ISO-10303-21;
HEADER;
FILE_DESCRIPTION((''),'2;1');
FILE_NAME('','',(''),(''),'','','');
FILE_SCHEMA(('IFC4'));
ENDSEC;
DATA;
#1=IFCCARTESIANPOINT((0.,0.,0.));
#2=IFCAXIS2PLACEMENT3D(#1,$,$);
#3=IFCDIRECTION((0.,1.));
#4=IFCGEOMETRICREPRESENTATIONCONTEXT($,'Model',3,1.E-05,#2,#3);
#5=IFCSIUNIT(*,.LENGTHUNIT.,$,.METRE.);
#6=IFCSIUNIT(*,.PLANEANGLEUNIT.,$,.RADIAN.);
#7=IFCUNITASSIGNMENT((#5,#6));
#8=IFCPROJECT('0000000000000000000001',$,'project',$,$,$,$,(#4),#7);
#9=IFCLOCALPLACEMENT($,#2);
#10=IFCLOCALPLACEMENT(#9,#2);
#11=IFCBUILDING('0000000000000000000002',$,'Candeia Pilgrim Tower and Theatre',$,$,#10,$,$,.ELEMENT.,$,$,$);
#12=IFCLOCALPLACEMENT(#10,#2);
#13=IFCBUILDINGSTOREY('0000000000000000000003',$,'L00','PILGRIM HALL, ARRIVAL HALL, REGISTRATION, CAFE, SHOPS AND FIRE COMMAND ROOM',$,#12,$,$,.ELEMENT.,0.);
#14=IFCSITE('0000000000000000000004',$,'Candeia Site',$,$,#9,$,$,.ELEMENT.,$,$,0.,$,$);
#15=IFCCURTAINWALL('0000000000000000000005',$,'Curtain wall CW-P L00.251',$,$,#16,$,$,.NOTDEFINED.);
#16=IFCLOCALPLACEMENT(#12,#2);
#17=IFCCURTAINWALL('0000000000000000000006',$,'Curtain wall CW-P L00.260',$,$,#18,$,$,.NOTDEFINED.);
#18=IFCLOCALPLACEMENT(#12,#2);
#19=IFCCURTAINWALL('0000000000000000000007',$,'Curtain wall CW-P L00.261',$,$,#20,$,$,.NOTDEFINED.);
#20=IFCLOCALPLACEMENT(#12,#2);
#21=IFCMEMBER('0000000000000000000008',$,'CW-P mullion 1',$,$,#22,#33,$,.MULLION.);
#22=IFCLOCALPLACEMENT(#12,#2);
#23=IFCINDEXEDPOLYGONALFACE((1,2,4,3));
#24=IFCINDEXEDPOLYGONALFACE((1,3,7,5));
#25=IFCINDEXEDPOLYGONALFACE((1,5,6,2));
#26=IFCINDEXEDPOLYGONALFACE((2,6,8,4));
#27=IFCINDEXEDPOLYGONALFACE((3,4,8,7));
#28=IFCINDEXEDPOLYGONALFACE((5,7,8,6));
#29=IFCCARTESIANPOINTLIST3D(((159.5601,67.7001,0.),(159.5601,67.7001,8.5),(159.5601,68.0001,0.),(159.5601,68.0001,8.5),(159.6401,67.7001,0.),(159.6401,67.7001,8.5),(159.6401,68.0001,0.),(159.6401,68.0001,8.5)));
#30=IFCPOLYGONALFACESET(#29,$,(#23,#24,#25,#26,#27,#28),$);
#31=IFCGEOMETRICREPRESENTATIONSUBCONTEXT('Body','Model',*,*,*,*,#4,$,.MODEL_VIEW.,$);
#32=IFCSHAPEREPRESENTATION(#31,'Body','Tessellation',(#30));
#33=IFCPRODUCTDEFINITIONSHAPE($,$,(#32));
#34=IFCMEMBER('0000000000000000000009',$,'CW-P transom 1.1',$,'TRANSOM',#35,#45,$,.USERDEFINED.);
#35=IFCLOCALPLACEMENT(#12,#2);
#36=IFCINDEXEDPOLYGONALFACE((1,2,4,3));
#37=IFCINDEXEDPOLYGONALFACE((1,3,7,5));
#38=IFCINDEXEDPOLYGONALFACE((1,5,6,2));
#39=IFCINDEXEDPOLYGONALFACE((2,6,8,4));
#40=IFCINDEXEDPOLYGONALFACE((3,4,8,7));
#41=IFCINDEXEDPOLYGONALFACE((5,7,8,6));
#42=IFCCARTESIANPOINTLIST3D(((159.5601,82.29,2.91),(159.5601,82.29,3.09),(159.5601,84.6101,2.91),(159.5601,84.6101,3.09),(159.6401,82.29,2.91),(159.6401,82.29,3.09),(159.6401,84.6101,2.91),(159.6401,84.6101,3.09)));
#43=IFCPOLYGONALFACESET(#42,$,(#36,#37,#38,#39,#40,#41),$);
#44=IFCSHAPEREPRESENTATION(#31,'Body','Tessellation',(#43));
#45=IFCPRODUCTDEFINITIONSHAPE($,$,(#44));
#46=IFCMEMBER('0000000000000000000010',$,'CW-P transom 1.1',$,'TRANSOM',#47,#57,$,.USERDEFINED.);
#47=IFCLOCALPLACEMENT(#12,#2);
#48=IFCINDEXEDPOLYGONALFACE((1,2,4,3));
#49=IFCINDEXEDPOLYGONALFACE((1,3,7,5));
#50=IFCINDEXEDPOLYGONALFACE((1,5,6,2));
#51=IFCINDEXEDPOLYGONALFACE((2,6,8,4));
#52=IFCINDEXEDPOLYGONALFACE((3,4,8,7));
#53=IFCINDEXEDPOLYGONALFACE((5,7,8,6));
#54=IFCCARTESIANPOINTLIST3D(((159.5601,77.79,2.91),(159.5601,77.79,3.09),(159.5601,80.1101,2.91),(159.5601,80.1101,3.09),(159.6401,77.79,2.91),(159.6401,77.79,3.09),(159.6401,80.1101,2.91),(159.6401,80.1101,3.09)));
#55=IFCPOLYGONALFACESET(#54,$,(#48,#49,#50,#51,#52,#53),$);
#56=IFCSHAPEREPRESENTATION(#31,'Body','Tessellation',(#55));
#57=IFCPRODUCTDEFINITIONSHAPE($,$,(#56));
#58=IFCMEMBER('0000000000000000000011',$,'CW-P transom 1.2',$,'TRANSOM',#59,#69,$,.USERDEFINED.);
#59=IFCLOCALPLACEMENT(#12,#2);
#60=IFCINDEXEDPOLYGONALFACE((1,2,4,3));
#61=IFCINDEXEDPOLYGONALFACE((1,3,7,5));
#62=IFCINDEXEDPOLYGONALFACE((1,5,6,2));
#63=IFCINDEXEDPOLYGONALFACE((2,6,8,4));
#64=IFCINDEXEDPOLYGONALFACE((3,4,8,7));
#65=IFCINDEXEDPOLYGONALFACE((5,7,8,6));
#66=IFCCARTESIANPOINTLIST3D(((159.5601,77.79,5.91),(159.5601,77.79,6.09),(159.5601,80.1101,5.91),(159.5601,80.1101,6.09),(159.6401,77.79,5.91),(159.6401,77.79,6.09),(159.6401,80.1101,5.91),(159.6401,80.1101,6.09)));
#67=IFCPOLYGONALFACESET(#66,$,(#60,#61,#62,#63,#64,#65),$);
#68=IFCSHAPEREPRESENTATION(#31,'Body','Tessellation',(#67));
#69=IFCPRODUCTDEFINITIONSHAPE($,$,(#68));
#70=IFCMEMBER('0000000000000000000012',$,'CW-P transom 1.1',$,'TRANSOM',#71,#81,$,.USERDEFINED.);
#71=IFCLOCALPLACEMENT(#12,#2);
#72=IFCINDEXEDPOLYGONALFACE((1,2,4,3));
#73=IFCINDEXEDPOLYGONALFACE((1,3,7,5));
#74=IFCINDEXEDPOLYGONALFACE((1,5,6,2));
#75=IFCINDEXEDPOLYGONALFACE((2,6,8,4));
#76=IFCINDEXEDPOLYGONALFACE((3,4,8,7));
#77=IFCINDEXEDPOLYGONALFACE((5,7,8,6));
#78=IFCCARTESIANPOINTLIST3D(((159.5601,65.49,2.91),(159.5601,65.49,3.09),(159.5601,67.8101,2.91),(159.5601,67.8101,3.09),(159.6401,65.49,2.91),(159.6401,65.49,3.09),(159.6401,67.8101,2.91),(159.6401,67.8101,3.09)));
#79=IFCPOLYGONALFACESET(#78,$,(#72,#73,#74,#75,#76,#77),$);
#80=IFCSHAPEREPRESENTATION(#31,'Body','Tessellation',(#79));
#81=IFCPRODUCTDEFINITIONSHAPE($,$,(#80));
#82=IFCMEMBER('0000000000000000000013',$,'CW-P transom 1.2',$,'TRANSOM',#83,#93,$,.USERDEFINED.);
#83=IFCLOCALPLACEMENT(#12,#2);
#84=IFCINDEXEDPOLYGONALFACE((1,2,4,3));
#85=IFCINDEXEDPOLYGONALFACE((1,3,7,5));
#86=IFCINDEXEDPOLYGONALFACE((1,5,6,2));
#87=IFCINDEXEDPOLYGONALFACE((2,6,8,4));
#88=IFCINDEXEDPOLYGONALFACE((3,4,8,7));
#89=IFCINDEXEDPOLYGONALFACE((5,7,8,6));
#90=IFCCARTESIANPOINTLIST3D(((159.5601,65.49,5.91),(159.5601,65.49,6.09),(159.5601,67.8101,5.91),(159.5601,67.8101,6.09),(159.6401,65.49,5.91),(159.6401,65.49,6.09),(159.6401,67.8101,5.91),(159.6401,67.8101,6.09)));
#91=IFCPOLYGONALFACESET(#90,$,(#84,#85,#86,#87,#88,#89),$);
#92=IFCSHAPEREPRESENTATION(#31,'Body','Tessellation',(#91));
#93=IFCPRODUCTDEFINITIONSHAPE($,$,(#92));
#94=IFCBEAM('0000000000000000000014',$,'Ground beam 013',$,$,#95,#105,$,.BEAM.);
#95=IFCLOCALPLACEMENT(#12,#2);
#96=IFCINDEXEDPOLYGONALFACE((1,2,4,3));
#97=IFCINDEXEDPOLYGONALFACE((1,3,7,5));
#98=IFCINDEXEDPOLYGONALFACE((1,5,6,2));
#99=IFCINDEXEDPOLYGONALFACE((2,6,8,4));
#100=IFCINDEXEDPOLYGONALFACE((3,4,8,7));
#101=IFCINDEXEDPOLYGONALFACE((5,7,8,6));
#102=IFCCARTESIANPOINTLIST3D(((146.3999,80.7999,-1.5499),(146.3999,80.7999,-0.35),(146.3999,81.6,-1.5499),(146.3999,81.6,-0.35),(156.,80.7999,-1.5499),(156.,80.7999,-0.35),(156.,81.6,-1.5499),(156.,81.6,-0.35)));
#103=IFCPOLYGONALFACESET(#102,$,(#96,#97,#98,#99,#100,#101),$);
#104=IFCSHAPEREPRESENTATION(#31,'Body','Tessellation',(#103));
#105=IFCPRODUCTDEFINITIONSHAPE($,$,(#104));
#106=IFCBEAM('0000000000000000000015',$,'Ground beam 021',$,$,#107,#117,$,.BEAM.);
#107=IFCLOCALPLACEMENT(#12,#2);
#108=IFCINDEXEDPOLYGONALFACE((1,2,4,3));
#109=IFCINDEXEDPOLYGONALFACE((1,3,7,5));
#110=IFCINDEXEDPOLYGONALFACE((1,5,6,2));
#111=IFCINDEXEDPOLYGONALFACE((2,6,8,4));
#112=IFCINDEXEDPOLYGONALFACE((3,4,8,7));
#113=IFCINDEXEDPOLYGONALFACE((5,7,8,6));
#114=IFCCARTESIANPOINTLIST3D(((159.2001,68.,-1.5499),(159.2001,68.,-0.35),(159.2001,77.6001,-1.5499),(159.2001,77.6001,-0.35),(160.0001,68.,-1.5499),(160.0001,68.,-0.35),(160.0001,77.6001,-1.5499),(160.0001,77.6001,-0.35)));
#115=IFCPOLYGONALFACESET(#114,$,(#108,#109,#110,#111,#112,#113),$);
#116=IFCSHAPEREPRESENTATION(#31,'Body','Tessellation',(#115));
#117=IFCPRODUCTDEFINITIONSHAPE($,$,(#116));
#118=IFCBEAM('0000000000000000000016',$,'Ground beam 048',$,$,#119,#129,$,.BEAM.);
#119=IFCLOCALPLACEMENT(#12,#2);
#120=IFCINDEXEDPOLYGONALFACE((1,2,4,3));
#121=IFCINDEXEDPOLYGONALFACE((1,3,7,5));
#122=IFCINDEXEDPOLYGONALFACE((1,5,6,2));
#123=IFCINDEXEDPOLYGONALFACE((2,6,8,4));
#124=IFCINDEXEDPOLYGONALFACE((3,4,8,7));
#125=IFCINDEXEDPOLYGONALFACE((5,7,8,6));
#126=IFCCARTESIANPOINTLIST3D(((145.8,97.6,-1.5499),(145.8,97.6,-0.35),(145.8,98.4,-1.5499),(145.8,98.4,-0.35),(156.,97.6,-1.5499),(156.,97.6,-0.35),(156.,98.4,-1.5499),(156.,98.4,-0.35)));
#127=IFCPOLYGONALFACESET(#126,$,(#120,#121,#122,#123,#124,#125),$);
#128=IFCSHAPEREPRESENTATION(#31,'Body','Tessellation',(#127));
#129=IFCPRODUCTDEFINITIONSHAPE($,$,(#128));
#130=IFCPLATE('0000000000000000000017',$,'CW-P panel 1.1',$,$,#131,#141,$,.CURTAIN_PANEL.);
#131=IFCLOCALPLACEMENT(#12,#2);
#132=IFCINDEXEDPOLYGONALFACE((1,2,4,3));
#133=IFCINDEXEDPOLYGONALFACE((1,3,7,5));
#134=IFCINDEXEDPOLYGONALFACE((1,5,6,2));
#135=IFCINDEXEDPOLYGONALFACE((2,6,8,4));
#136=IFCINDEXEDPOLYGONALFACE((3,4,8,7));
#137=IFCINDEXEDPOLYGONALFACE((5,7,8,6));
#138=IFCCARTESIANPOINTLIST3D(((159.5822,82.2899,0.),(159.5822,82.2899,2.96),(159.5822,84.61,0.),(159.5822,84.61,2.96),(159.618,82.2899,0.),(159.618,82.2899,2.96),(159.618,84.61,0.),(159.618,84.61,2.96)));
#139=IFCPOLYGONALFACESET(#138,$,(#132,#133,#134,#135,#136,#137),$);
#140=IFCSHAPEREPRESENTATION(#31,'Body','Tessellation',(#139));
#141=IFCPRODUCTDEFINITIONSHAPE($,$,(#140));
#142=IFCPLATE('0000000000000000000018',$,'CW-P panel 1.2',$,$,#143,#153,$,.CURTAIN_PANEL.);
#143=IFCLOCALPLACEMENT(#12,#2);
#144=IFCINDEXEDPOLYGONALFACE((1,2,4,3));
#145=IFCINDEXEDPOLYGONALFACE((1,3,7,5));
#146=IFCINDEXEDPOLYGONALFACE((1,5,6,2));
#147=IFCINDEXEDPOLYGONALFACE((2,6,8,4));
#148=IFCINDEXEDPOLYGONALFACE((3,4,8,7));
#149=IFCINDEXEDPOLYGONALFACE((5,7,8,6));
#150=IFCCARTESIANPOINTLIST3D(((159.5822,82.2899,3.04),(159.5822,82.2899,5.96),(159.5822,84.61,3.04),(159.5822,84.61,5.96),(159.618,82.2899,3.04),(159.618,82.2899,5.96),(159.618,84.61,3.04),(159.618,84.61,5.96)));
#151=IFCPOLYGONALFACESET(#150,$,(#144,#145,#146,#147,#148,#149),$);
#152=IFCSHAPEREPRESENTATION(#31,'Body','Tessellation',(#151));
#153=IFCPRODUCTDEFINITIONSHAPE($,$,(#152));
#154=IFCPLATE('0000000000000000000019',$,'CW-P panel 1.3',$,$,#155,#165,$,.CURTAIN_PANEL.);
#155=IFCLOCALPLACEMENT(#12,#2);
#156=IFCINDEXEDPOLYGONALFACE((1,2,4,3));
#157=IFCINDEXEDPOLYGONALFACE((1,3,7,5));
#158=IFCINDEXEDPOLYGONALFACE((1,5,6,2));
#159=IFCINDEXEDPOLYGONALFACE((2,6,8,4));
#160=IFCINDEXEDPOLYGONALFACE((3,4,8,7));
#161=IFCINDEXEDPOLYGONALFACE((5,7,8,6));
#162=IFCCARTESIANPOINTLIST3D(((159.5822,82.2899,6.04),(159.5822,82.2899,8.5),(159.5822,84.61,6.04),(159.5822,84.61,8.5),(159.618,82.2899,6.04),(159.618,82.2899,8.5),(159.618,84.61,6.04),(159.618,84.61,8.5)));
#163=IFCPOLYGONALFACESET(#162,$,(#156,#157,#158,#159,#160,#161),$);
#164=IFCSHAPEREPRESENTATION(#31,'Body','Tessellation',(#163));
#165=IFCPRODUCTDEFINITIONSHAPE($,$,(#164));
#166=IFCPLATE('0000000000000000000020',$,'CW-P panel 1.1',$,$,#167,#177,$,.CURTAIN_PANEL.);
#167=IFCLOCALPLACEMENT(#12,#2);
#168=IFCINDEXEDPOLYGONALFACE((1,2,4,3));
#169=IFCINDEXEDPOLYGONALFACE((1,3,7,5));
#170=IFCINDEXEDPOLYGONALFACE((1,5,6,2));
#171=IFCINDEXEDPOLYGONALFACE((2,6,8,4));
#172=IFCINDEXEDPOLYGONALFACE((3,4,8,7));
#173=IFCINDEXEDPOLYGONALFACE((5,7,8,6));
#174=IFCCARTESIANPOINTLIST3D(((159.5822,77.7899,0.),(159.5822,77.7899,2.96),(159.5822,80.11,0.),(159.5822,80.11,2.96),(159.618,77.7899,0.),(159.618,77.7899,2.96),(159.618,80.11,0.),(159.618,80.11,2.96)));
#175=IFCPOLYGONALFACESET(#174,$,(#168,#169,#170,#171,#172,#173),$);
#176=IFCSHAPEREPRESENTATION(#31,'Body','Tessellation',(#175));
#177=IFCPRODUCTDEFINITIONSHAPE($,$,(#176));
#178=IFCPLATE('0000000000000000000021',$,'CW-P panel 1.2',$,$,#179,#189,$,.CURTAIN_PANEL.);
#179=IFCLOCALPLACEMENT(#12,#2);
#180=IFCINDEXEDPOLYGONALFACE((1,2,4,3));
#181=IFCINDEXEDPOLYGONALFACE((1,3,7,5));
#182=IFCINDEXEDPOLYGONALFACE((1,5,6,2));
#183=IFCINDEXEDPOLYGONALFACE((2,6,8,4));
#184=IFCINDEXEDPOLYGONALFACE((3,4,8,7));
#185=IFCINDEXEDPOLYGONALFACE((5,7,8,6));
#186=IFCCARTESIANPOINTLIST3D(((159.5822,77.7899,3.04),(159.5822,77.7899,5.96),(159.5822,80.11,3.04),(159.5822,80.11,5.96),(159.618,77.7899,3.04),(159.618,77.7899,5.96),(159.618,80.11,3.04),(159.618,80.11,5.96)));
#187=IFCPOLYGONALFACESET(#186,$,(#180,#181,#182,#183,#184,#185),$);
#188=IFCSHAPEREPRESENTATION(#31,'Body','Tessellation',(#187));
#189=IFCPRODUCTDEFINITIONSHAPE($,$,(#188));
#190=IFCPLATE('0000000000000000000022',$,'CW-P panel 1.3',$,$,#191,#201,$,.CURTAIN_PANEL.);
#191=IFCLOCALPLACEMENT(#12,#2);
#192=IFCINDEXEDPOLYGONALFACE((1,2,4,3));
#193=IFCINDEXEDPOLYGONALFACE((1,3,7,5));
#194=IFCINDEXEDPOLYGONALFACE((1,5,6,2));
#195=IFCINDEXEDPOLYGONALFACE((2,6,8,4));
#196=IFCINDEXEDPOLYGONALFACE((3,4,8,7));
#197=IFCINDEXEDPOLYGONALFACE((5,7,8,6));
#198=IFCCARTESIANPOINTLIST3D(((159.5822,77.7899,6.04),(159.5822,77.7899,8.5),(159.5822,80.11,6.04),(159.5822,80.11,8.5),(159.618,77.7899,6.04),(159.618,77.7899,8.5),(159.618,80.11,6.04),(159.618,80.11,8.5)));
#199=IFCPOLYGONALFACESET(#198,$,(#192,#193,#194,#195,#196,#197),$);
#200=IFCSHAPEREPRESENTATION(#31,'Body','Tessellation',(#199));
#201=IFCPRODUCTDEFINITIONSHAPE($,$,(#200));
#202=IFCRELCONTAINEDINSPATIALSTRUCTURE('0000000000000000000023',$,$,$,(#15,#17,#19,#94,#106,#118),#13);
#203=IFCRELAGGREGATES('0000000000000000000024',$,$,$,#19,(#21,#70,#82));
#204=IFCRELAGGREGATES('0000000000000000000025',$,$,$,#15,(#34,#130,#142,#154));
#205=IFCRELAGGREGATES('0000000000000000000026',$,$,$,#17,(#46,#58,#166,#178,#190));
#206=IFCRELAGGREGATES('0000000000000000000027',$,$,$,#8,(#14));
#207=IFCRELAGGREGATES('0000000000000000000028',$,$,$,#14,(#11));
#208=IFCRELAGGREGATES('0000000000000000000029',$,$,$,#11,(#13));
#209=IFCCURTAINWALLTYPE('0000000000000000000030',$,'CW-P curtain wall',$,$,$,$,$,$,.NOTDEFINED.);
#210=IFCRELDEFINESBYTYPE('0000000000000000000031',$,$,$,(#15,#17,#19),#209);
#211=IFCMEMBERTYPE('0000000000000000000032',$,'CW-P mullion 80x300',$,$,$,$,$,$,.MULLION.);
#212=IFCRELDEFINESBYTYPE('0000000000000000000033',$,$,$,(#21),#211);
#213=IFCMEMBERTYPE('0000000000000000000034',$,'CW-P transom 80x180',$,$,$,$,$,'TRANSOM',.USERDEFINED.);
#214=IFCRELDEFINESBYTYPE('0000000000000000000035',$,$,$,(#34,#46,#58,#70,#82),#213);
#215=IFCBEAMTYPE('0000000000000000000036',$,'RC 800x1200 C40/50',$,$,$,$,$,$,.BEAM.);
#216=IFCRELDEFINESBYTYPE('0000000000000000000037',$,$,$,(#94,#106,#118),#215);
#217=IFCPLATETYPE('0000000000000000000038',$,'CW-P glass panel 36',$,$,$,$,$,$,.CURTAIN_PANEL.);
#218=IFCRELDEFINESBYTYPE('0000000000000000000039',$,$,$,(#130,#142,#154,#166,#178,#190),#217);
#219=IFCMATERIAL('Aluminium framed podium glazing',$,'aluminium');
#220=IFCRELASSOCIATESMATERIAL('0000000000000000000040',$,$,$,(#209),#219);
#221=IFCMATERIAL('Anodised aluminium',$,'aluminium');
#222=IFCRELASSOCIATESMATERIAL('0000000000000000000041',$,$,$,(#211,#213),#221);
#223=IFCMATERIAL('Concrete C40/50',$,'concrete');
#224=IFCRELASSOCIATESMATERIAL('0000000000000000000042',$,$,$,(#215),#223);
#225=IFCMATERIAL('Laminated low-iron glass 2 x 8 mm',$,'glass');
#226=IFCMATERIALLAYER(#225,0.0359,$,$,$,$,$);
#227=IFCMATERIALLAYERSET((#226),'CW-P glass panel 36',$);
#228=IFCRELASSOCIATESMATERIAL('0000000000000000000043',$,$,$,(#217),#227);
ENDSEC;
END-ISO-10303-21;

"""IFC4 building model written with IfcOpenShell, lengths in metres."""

from ifc_helpers import new_model, si_unit, direction, frame, origin, origin_2d, place, context, subcontext, project, spatial, rectangle, extrude, material, layer, layer_set, material_profile, profile_set, type_object, element, aggregate, save


model = new_model("IFC4")

# Units and contexts
model_context = context("Model", 3, precision=1e-05, world=origin(), true_north=direction((0.0, 1.0)))
body_context = subcontext(model_context, "Body", "Model", "MODEL_VIEW")
ifc_project = project(units=[si_unit("LENGTHUNIT", "METRE"), si_unit("PLANEANGLEUNIT", "RADIAN")], contexts=[model_context])

# Site, building, storey
site_placement = place(None, origin())
site = spatial("IfcSite", under=ifc_project, at=site_placement, Name="Candeia Site", CompositionType="ELEMENT", RefElevation=0.0)
building_placement = place(site_placement, origin())
building = spatial("IfcBuilding", under=site, at=building_placement, Name="Candeia Pilgrim Tower and Theatre", CompositionType="ELEMENT")
storey_placement = place(building_placement, origin())
storey = spatial("IfcBuildingStorey", under=building, at=storey_placement, Name="L00", Description="PILGRIM HALL, ARRIVAL HALL, REGISTRATION, CAFE, SHOPS AND FIRE COMMAND ROOM", CompositionType="ELEMENT", Elevation=0.0)

# Shared definitions
ifc_material_1 = material(Name="Concrete C40/50", Category="concrete")

# Curtain wall
ifc_material_2 = material(Name="Aluminium framed podium glazing", Category="aluminium")
curtain_wall_type = type_object("IfcCurtainWallType", Name="CW-P curtain wall", PredefinedType="NOTDEFINED", material=ifc_material_2)
curtain_wall_1_placement = place(storey_placement, origin())
curtain_wall_1 = element("IfcCurtainWall", 1, at=curtain_wall_1_placement, inside=storey, type_object=curtain_wall_type, Name="Curtain wall CW-P L00.251", PredefinedType="NOTDEFINED")
ifc_material_3 = material(Name="Anodised aluminium", Category="aluminium")
ifc_material_profile_1 = material_profile(ifc_material_3, rectangle(XDim=0.0801, YDim=0.3, at=origin_2d()))
ifc_profile_set_1 = profile_set([ifc_material_profile_1], Name="Anodised aluminium")
member_type_1 = type_object("IfcMemberType", Name="CW-P mullion 80x300", PredefinedType="MULLION", material=ifc_profile_set_1)

# Curtain wall
curtain_wall_2_placement = place(storey_placement, origin())
curtain_wall_2 = element("IfcCurtainWall", 2, at=curtain_wall_2_placement, inside=storey, type_object=curtain_wall_type, Name="Curtain wall CW-P L00.260", PredefinedType="NOTDEFINED")

# Curtain wall, member
curtain_wall_3_placement = place(storey_placement, origin())
curtain_wall_3 = element("IfcCurtainWall", 3, at=curtain_wall_3_placement, inside=storey, type_object=curtain_wall_type, Name="Curtain wall CW-P L00.261", PredefinedType="NOTDEFINED")
member_1_placement = place(storey_placement, frame((159.6001, 67.8501, 0.0), z_axis=(0.0, 0.0, 1.0), x_axis=(1.0, 0.0, 0.0)))
member_1 = element("IfcMember", 4, at=member_1_placement, type_object=member_type_1, Name="CW-P mullion 1", PredefinedType="MULLION", context=body_context, shape_type="SweptSolid", body=[
    extrude(rectangle(XDim=0.0801, YDim=0.3, at=origin_2d()), origin(), (0.0, 0.0, 1.0), 8.5),
])

# Members
ifc_material_profile_2 = material_profile(ifc_material_3, rectangle(XDim=0.0801, YDim=0.1799, at=origin_2d()))
ifc_profile_set_2 = profile_set([ifc_material_profile_2], Name="Anodised aluminium")
member_type_2 = type_object("IfcMemberType", Name="CW-P transom 80x180", ElementType="TRANSOM", PredefinedType="USERDEFINED", material=ifc_profile_set_2)
member_2_placement = place(storey_placement, frame((159.6001, 84.6101, 3.0), z_axis=(0.0, -1.0, 0.0), x_axis=(1.0, 0.0, 0.0)))
member_2 = element("IfcMember", 5, at=member_2_placement, type_object=member_type_2, Name="CW-P transom 1.1", ObjectType="TRANSOM", PredefinedType="USERDEFINED", context=body_context, shape_type="SweptSolid", body=[
    extrude(rectangle(XDim=0.0801, YDim=0.1799, at=origin_2d()), origin(), (0.0, 0.0, 1.0), 2.3201),
])
member_3_placement = place(storey_placement, frame((159.6001, 80.1101, 3.0), z_axis=(0.0, -1.0, 0.0), x_axis=(1.0, 0.0, 0.0)))
member_3 = element("IfcMember", 6, at=member_3_placement, type_object=member_type_2, Name="CW-P transom 1.1", ObjectType="TRANSOM", PredefinedType="USERDEFINED", context=body_context, shape_type="SweptSolid", body=[
    extrude(rectangle(XDim=0.0801, YDim=0.1799, at=origin_2d()), origin(), (0.0, 0.0, 1.0), 2.3201),
])
member_4_placement = place(storey_placement, frame((159.6001, 80.1101, 6.0), z_axis=(0.0, -1.0, 0.0), x_axis=(1.0, 0.0, 0.0)))
member_4 = element("IfcMember", 7, at=member_4_placement, type_object=member_type_2, Name="CW-P transom 1.2", ObjectType="TRANSOM", PredefinedType="USERDEFINED", context=body_context, shape_type="SweptSolid", body=[
    extrude(rectangle(XDim=0.0801, YDim=0.1799, at=origin_2d()), origin(), (0.0, 0.0, 1.0), 2.3201),
])
member_5_placement = place(storey_placement, frame((159.6001, 67.8101, 3.0), z_axis=(0.0, -1.0, 0.0), x_axis=(1.0, 0.0, 0.0)))
member_5 = element("IfcMember", 8, at=member_5_placement, type_object=member_type_2, Name="CW-P transom 1.1", ObjectType="TRANSOM", PredefinedType="USERDEFINED", context=body_context, shape_type="SweptSolid", body=[
    extrude(rectangle(XDim=0.0801, YDim=0.1799, at=origin_2d()), origin(), (0.0, 0.0, 1.0), 2.3201),
])
member_6_placement = place(storey_placement, frame((159.6001, 67.8101, 6.0), z_axis=(0.0, -1.0, 0.0), x_axis=(1.0, 0.0, 0.0)))
member_6 = element("IfcMember", 9, at=member_6_placement, type_object=member_type_2, Name="CW-P transom 1.2", ObjectType="TRANSOM", PredefinedType="USERDEFINED", context=body_context, shape_type="SweptSolid", body=[
    extrude(rectangle(XDim=0.0801, YDim=0.1799, at=origin_2d()), origin(), (0.0, 0.0, 1.0), 2.3201),
])
aggregate(curtain_wall_3, [member_1, member_5, member_6])

# Beams
ifc_material_profile_3 = material_profile(ifc_material_1, rectangle(XDim=0.8, YDim=1.2, at=origin_2d()))
ifc_profile_set_3 = profile_set([ifc_material_profile_3], Name="Concrete C40/50")
beam_type = type_object("IfcBeamType", Name="RC 800x1200 C40/50", PredefinedType="BEAM", material=ifc_profile_set_3)
for number, where, z_axis, x_axis, name in (
    (10, (146.3999, 81.2, -0.95), (1.0, 0.0, 0.0), (0.0, 1.0, 0.0), "Ground beam 013"),
    (11, (159.6001, 77.6001, -0.95), (0.0, -1.0, 0.0), (1.0, 0.0, 0.0), "Ground beam 021"),
):
    element("IfcBeam", number, at=place(storey_placement, frame(where, z_axis=z_axis, x_axis=x_axis)), inside=storey, type_object=beam_type, Name=name, PredefinedType="BEAM", context=body_context, shape_type="SweptSolid", body=[
        extrude(rectangle(XDim=0.8, YDim=1.2, at=origin_2d()), origin(), (0.0, 0.0, 1.0), 9.6001),
    ])
beam_placement = place(storey_placement, frame((156.0, 98.0, -0.95), z_axis=(-1.0, 0.0, 0.0), x_axis=(0.0, -1.0, 0.0)))
element("IfcBeam", 12, at=beam_placement, inside=storey, type_object=beam_type, Name="Ground beam 048", PredefinedType="BEAM", context=body_context, shape_type="SweptSolid", body=[
    extrude(rectangle(XDim=0.8, YDim=1.2, at=origin_2d()), origin(), (0.0, 0.0, 1.0), 10.2),
])

# Plates
ifc_material_4 = material(Name="Laminated low-iron glass 2 x 8 mm", Category="glass")
ifc_layer_1 = layer(ifc_material_4, 0.0359)
ifc_layer_set_1 = layer_set([ifc_layer_1], Name="CW-P glass panel 36")
plate_type = type_object("IfcPlateType", Name="CW-P glass panel 36", PredefinedType="CURTAIN_PANEL", material=ifc_layer_set_1)
plate_1_placement = place(storey_placement, frame((159.6001, 83.45, 0.0), z_axis=(0.0, 0.0, 1.0), x_axis=(0.0, -1.0, 0.0)))
plate_1 = element("IfcPlate", 13, at=plate_1_placement, type_object=plate_type, Name="CW-P panel 1.1", PredefinedType="CURTAIN_PANEL", context=body_context, shape_type="SweptSolid", body=[
    extrude(rectangle(XDim=2.3201, YDim=0.0359, at=origin_2d()), origin(), (0.0, 0.0, 1.0), 2.96),
])
plate_2_placement = place(storey_placement, frame((159.6001, 83.45, 3.04), z_axis=(0.0, 0.0, 1.0), x_axis=(0.0, -1.0, 0.0)))
plate_2 = element("IfcPlate", 14, at=plate_2_placement, type_object=plate_type, Name="CW-P panel 1.2", PredefinedType="CURTAIN_PANEL", context=body_context, shape_type="SweptSolid", body=[
    extrude(rectangle(XDim=2.3201, YDim=0.0359, at=origin_2d()), origin(), (0.0, 0.0, 1.0), 2.9199),
])
plate_3_placement = place(storey_placement, frame((159.6001, 83.45, 6.04), z_axis=(0.0, 0.0, 1.0), x_axis=(0.0, -1.0, 0.0)))
plate_3 = element("IfcPlate", 15, at=plate_3_placement, type_object=plate_type, Name="CW-P panel 1.3", PredefinedType="CURTAIN_PANEL", context=body_context, shape_type="SweptSolid", body=[
    extrude(rectangle(XDim=2.3201, YDim=0.0359, at=origin_2d()), origin(), (0.0, 0.0, 1.0), 2.46),
])
aggregate(curtain_wall_1, [member_2, plate_1, plate_2, plate_3])
plate_4_placement = place(storey_placement, frame((159.6001, 78.95, 0.0), z_axis=(0.0, 0.0, 1.0), x_axis=(0.0, -1.0, 0.0)))
plate_4 = element("IfcPlate", 16, at=plate_4_placement, type_object=plate_type, Name="CW-P panel 1.1", PredefinedType="CURTAIN_PANEL", context=body_context, shape_type="SweptSolid", body=[
    extrude(rectangle(XDim=2.3201, YDim=0.0359, at=origin_2d()), origin(), (0.0, 0.0, 1.0), 2.96),
])
plate_5_placement = place(storey_placement, frame((159.6001, 78.95, 3.04), z_axis=(0.0, 0.0, 1.0), x_axis=(0.0, -1.0, 0.0)))
plate_5 = element("IfcPlate", 17, at=plate_5_placement, type_object=plate_type, Name="CW-P panel 1.2", PredefinedType="CURTAIN_PANEL", context=body_context, shape_type="SweptSolid", body=[
    extrude(rectangle(XDim=2.3201, YDim=0.0359, at=origin_2d()), origin(), (0.0, 0.0, 1.0), 2.9199),
])
plate_6_placement = place(storey_placement, frame((159.6001, 78.95, 6.04), z_axis=(0.0, 0.0, 1.0), x_axis=(0.0, -1.0, 0.0)))
plate_6 = element("IfcPlate", 18, at=plate_6_placement, type_object=plate_type, Name="CW-P panel 1.3", PredefinedType="CURTAIN_PANEL", context=body_context, shape_type="SweptSolid", body=[
    extrude(rectangle(XDim=2.3201, YDim=0.0359, at=origin_2d()), origin(), (0.0, 0.0, 1.0), 2.46),
])
aggregate(curtain_wall_2, [member_3, member_4, plate_4, plate_5, plate_6])

save(model, "model.ifc")
